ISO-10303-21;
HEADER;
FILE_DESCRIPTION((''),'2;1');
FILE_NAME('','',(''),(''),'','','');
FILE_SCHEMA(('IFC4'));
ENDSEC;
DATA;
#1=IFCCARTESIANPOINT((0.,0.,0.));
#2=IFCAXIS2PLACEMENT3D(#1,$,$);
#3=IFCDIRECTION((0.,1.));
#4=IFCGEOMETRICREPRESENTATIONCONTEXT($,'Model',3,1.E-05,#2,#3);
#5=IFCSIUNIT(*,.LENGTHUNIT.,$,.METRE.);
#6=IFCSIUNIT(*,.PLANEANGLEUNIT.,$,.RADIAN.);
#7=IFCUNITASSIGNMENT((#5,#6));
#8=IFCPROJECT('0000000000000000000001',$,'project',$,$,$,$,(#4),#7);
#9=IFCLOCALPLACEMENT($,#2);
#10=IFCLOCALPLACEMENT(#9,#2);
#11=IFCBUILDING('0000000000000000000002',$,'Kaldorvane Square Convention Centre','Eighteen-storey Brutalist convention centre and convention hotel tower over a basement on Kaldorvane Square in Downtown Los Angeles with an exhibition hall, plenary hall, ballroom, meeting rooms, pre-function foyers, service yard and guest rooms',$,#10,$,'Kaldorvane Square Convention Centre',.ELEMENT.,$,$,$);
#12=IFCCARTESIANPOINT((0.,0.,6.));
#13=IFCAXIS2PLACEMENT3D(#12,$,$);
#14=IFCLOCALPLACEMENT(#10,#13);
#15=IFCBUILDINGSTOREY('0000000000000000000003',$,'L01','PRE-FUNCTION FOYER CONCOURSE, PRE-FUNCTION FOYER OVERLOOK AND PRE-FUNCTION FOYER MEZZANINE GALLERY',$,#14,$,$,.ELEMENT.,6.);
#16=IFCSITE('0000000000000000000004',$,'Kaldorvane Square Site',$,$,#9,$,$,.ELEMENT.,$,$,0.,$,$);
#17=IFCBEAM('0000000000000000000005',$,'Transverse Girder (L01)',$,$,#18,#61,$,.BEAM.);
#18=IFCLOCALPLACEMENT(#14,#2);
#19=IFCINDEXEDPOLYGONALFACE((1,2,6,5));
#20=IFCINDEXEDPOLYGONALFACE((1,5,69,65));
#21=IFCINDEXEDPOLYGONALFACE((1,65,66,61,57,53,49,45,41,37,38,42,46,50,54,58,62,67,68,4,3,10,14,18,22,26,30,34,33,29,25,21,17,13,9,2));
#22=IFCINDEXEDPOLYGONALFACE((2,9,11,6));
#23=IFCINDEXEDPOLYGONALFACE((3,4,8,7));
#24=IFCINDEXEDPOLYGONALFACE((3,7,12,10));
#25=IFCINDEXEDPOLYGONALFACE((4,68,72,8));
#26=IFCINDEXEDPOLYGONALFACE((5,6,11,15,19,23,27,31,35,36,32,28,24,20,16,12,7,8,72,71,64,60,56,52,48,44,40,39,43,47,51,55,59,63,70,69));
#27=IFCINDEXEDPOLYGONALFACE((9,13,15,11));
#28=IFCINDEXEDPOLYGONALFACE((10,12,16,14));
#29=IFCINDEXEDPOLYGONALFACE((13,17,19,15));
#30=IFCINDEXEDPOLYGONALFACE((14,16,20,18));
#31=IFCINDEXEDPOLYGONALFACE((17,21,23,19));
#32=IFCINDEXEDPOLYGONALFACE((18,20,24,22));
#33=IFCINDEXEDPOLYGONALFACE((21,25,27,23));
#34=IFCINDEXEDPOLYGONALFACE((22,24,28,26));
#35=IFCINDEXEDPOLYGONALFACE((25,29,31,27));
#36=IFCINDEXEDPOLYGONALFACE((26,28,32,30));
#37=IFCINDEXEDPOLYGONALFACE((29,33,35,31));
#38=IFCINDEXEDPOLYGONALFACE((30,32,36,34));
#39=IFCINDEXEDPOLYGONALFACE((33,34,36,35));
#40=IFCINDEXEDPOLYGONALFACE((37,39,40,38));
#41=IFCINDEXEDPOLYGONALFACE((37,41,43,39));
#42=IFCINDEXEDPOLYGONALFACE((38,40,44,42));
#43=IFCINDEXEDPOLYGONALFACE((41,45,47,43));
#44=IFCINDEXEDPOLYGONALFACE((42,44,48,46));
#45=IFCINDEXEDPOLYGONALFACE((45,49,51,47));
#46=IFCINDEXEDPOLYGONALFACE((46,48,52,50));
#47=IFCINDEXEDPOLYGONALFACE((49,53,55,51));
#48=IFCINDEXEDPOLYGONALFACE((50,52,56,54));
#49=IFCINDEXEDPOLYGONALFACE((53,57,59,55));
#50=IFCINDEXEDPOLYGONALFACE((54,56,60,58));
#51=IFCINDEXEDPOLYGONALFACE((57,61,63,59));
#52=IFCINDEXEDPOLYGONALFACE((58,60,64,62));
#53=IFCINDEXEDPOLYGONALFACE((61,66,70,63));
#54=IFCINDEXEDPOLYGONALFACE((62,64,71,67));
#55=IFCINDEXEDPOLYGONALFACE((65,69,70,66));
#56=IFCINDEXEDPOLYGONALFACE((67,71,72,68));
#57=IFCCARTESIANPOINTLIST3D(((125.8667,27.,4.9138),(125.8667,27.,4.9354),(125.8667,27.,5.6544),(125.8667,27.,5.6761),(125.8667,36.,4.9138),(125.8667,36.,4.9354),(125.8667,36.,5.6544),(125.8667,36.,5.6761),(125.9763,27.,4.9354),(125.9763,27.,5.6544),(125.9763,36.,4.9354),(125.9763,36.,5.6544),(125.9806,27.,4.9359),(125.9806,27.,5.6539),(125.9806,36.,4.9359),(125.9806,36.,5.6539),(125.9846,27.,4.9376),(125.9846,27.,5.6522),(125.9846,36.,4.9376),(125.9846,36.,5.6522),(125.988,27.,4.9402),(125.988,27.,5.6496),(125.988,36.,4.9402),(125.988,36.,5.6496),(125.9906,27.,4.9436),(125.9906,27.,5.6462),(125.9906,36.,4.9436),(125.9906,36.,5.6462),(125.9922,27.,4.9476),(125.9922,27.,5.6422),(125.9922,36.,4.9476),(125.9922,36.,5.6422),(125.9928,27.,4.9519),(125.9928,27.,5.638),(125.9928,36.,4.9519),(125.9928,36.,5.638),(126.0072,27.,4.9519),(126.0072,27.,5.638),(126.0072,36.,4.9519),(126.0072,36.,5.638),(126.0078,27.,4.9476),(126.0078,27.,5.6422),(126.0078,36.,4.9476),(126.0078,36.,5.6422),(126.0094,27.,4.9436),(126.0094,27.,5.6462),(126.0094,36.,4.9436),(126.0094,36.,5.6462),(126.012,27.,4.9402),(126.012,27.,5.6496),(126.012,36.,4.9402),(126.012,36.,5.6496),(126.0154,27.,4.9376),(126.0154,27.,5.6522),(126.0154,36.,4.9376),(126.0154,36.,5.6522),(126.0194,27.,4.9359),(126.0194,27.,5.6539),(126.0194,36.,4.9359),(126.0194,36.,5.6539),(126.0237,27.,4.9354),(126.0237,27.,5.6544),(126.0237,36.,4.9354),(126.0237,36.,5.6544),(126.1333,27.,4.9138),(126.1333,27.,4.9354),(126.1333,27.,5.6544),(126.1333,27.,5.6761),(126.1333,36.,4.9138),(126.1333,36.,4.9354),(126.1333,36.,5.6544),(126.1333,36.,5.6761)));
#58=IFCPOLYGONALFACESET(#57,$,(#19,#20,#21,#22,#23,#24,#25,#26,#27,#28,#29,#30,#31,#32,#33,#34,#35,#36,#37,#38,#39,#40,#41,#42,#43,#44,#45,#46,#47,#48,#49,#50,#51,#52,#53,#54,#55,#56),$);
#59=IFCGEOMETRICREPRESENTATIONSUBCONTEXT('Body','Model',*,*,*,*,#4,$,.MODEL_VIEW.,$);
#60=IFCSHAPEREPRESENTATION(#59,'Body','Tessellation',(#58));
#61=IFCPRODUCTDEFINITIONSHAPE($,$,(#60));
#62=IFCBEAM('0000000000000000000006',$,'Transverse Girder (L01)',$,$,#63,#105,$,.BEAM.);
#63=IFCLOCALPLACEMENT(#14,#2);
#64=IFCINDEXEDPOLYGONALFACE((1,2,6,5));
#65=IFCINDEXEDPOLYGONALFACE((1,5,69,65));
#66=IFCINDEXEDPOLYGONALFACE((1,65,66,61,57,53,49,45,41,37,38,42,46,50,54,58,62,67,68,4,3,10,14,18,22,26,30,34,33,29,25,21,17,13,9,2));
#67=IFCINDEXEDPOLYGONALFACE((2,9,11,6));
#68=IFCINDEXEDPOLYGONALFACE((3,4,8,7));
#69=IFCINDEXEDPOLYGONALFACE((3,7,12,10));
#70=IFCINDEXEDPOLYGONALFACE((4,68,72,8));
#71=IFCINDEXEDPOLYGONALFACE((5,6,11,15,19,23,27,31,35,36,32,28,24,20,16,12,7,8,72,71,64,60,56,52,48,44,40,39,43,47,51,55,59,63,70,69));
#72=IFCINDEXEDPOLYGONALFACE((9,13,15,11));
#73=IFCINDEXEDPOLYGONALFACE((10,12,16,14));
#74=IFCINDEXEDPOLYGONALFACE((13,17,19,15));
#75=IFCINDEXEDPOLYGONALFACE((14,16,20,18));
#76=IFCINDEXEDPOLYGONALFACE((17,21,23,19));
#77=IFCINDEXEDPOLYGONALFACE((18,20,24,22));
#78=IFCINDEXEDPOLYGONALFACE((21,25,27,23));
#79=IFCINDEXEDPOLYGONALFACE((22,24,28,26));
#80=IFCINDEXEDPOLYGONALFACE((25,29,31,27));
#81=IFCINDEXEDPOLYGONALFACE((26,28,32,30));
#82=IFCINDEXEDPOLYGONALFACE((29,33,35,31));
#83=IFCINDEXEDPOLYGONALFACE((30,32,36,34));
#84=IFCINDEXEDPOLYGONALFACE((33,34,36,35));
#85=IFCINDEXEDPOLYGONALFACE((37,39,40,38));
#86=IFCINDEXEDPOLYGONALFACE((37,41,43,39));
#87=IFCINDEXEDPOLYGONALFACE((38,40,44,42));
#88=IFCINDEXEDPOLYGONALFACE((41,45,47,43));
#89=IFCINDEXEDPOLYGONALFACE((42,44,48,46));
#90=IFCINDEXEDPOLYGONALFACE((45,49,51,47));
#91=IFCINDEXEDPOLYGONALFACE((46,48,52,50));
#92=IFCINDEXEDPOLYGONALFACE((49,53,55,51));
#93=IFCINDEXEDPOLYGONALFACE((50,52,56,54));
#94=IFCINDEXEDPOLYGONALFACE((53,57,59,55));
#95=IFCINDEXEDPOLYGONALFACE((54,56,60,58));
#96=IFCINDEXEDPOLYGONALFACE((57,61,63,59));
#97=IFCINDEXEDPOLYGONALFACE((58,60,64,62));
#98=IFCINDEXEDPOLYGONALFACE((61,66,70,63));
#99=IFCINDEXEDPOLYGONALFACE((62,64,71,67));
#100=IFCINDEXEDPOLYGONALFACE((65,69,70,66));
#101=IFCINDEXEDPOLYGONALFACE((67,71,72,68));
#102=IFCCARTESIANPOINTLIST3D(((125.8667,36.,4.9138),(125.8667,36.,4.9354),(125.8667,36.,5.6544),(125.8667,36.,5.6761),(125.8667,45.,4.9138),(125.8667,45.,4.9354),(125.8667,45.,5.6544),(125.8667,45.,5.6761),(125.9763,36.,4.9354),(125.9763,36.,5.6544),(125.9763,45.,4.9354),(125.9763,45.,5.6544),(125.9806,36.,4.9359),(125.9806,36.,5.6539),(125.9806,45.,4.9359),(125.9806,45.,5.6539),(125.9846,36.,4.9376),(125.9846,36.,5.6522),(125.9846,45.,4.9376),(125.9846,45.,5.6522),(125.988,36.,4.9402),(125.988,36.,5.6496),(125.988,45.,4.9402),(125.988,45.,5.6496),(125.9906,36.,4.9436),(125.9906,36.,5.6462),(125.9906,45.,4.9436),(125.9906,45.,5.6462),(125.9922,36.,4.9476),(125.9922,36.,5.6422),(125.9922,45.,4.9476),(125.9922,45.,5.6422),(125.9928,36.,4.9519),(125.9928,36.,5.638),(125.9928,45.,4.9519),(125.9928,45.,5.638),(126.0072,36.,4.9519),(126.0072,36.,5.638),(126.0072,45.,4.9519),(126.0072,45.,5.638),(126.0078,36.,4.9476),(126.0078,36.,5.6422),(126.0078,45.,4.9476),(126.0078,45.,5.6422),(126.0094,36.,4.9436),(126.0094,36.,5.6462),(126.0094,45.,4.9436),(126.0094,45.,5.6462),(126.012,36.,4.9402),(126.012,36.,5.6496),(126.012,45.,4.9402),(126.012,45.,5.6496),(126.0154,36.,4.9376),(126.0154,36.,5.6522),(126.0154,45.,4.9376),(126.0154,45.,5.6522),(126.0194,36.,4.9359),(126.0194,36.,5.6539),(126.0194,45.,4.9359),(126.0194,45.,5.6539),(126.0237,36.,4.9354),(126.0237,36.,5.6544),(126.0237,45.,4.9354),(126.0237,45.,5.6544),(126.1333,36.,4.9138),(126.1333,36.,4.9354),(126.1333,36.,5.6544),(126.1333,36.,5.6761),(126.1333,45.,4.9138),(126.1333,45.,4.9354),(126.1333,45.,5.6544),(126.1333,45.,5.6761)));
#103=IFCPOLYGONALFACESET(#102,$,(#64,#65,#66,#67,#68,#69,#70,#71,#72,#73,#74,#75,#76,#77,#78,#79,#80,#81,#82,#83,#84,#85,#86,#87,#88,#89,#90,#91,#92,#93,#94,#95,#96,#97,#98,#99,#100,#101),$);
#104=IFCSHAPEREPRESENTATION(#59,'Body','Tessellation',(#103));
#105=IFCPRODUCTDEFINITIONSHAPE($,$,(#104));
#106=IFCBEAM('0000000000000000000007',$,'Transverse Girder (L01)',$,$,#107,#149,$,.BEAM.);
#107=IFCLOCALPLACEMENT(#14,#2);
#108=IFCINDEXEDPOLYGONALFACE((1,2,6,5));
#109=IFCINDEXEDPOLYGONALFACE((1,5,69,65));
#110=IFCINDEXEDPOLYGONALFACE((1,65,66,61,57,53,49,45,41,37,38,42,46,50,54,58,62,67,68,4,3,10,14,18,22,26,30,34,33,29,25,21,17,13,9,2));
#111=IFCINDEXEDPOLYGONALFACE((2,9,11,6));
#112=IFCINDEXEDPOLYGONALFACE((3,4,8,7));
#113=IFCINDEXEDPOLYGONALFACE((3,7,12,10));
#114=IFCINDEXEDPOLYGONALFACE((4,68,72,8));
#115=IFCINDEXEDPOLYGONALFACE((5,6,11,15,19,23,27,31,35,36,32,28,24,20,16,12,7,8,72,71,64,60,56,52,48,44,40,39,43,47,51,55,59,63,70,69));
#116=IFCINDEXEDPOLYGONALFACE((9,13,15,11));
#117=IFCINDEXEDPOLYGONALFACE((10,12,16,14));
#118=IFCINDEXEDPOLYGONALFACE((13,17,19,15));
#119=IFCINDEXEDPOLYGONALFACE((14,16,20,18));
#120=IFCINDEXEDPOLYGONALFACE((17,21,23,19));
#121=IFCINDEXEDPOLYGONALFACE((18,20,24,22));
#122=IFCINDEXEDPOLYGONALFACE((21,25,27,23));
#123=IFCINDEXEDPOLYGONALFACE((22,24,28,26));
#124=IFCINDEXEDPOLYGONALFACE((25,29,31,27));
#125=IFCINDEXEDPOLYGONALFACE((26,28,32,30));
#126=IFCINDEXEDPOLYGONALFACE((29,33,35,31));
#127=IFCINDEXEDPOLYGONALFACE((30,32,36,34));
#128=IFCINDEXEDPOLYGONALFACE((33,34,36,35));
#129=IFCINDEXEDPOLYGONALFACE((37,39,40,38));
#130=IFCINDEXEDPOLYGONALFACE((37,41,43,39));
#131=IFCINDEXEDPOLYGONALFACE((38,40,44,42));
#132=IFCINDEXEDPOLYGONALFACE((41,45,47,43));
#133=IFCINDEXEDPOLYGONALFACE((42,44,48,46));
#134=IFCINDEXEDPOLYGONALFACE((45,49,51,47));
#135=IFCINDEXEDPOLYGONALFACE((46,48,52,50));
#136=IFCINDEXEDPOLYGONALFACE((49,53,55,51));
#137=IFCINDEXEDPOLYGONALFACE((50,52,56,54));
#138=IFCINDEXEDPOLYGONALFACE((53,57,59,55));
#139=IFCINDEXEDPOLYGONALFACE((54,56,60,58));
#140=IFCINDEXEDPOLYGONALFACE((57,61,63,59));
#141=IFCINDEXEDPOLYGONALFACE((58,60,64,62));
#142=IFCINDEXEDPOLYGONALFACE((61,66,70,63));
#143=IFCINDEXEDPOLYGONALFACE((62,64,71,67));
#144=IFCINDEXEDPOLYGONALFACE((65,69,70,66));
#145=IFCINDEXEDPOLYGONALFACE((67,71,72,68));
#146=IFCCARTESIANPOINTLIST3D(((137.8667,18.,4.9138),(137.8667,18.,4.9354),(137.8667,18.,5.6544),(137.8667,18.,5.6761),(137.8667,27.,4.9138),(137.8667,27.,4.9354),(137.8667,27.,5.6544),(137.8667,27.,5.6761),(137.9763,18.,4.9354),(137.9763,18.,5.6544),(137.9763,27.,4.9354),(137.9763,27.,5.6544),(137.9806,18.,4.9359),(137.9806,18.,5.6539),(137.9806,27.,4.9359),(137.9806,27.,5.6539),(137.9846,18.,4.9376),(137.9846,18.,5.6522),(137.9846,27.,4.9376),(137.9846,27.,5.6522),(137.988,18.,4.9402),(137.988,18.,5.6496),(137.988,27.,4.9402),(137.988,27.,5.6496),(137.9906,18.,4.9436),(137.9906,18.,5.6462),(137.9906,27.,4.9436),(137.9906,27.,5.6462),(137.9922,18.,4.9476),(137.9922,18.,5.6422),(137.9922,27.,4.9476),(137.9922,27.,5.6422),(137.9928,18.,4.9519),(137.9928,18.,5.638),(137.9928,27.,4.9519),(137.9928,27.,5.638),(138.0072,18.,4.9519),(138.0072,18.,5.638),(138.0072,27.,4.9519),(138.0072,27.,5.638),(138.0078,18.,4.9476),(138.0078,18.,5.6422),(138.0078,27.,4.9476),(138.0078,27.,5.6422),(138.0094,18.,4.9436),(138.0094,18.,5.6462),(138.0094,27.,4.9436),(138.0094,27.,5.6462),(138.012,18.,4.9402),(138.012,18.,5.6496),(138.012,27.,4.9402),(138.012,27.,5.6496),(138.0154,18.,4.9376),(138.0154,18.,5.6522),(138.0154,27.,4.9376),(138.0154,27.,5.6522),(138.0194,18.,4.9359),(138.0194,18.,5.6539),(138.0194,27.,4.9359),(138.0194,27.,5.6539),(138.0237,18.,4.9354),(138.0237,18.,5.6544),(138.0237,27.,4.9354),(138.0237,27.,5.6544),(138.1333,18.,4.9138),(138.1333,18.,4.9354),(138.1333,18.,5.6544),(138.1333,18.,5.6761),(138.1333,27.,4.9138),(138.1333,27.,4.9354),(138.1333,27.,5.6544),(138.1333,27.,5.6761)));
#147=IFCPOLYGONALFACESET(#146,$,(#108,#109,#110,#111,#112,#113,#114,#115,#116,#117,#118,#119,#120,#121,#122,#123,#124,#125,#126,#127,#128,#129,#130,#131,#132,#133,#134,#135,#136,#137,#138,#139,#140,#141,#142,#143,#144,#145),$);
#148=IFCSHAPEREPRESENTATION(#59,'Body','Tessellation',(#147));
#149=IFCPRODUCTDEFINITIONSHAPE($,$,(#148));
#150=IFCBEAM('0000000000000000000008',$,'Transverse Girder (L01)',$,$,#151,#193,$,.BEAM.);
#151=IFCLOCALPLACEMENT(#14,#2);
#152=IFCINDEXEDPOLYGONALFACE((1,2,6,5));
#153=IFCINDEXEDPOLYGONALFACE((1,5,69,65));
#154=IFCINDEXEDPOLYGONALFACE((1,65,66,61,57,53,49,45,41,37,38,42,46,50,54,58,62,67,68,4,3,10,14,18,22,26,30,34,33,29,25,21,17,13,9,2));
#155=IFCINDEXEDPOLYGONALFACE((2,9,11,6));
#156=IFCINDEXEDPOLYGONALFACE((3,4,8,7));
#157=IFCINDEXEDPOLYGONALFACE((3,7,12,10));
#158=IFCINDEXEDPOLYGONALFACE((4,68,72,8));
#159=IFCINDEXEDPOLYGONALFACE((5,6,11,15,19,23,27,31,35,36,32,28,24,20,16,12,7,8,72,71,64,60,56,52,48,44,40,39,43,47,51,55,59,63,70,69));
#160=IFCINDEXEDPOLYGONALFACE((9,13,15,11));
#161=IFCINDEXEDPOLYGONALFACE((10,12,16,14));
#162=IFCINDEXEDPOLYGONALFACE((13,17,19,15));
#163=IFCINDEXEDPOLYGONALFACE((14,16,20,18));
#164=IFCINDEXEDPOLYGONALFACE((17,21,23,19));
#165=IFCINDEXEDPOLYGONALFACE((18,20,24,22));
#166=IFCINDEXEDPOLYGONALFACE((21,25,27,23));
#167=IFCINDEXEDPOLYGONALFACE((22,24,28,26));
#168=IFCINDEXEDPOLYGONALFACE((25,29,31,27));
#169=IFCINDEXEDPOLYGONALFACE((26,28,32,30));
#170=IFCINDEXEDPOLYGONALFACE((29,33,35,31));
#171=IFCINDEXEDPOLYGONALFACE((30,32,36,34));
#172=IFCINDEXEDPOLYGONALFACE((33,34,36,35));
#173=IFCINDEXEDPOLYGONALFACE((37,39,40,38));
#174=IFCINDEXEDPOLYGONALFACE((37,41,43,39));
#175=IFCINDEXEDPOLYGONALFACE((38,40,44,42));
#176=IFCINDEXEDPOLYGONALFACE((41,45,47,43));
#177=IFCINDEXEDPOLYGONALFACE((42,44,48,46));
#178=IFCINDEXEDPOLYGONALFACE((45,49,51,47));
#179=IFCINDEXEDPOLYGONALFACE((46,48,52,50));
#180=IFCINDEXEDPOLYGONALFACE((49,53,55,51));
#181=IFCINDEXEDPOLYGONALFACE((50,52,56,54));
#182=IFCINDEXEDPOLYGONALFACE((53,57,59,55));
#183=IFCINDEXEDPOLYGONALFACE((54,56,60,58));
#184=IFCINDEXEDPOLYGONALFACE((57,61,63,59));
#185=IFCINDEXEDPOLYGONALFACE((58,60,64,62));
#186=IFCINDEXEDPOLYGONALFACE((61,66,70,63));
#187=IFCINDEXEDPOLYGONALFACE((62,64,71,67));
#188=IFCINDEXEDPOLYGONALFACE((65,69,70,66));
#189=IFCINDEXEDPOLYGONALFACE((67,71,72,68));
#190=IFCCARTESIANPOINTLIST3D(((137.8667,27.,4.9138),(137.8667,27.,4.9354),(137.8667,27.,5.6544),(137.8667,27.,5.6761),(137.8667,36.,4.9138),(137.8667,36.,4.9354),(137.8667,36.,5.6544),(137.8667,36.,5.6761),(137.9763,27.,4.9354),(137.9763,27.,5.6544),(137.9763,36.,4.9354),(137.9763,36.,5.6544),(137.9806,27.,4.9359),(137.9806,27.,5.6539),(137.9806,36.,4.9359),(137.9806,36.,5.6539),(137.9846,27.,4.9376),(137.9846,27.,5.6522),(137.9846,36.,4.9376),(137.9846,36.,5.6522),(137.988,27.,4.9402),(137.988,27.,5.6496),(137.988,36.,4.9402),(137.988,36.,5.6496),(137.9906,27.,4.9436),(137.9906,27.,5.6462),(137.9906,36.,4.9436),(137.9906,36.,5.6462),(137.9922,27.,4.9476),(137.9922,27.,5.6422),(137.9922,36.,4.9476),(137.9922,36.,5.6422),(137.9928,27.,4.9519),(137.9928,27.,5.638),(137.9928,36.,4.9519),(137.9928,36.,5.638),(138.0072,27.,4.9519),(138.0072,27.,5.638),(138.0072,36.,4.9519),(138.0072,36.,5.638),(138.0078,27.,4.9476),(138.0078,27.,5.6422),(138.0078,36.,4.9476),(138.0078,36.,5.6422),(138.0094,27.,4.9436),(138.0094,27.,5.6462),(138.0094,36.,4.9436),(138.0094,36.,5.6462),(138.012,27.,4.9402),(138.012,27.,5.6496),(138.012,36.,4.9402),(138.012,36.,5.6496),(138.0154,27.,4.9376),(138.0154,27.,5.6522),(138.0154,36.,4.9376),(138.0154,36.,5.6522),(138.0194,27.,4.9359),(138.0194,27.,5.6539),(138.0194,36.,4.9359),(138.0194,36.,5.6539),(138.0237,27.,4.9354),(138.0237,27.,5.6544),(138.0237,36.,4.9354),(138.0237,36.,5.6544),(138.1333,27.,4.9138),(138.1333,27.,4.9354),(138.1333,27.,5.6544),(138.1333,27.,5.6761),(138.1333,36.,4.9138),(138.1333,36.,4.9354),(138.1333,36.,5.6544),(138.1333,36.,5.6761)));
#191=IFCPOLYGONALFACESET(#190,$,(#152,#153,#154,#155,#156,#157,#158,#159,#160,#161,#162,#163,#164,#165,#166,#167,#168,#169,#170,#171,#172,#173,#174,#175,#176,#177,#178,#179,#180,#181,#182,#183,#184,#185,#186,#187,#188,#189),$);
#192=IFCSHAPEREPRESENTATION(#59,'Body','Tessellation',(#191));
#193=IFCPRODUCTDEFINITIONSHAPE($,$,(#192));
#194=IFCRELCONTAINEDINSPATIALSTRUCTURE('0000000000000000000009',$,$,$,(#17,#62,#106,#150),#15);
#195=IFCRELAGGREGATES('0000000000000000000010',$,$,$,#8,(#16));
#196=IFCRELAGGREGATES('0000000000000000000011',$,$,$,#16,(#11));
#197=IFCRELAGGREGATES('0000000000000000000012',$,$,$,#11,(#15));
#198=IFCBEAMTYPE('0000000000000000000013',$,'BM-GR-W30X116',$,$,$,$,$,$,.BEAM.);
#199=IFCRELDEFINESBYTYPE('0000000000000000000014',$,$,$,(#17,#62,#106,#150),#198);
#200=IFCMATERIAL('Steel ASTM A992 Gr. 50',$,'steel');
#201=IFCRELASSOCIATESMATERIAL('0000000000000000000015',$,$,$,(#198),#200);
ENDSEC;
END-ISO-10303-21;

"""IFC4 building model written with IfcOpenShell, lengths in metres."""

from ifc_helpers import new_model, si_unit, direction, frame, origin, origin_2d, place, context, subcontext, project, spatial, i_section, extrude, material, material_profile, profile_set, type_object, element, save


model = new_model("IFC4")

# Units and contexts
model_context = context("Model", 3, precision=1e-05, world=origin(), true_north=direction((0.0, 1.0)))
body_context = subcontext(model_context, "Body", "Model", "MODEL_VIEW")
ifc_project = project(units=[si_unit("LENGTHUNIT", "METRE"), si_unit("PLANEANGLEUNIT", "RADIAN")], contexts=[model_context])

# Site, building, storey
site_placement = place(None, origin())
site = spatial("IfcSite", under=ifc_project, at=site_placement, Name="Kaldorvane Square Site", CompositionType="ELEMENT", RefElevation=0.0)
building_placement = place(site_placement, origin())
building = spatial("IfcBuilding", under=site, at=building_placement, Name="Kaldorvane Square Convention Centre", Description="Eighteen-storey Brutalist convention centre and convention hotel tower over a basement on Kaldorvane Square in Downtown Los Angeles with an exhibition hall, plenary hall, ballroom, meeting rooms, pre-function foyers, service yard and guest rooms", LongName="Kaldorvane Square Convention Centre", CompositionType="ELEMENT")
storey_placement = place(building_placement, frame((0.0, 0.0, 6.0)))
storey = spatial("IfcBuildingStorey", under=building, at=storey_placement, Name="L01", Description="PRE-FUNCTION FOYER CONCOURSE, PRE-FUNCTION FOYER OVERLOOK AND PRE-FUNCTION FOYER MEZZANINE GALLERY", CompositionType="ELEMENT", Elevation=6.0)

# Shared definitions
ifc_material_1 = material(Name="Steel ASTM A992 Gr. 50", Category="steel")

# Beams
ifc_material_profile_1 = material_profile(ifc_material_1, i_section(OverallWidth=0.2666, OverallDepth=0.7623, WebThickness=0.0144, FlangeThickness=0.0216, FilletRadius=0.0165, at=origin_2d()), Name="W30X116")
ifc_profile_set_1 = profile_set([ifc_material_profile_1], Name="Steel ASTM A992 Gr. 50")
beam_type_1 = type_object("IfcBeamType", Name="BM-GR-W30X116", PredefinedType="BEAM", material=ifc_profile_set_1)
for number, where, z_axis, x_axis, name in (
    (1, (126.0, 27.0, 5.2949), (0.0, 1.0, 0.0), (-1.0, 0.0, 0.0), "Transverse Girder (L01)"),
    (2, (126.0, 36.0, 5.2949), (0.0, 1.0, 0.0), (-1.0, 0.0, 0.0), "Transverse Girder (L01)"),
    (3, (138.0, 18.0, 5.2949), (0.0, 1.0, 0.0), (-1.0, 0.0, 0.0), "Transverse Girder (L01)"),
    (4, (138.0, 27.0, 5.2949), (0.0, 1.0, 0.0), (-1.0, 0.0, 0.0), "Transverse Girder (L01)"),
):
    element("IfcBeam", number, at=place(storey_placement, frame(where, z_axis=z_axis, x_axis=x_axis)), inside=storey, type_object=beam_type_1, Name=name, PredefinedType="BEAM", context=body_context, shape_type="SweptSolid", body=[
        extrude(i_section(OverallWidth=0.2666, OverallDepth=0.7623, WebThickness=0.0144, FlangeThickness=0.0216, FilletRadius=0.0165, at=origin_2d()), origin(), (0.0, 0.0, 1.0), 9.0),
    ])

save(model, "model.ifc")
